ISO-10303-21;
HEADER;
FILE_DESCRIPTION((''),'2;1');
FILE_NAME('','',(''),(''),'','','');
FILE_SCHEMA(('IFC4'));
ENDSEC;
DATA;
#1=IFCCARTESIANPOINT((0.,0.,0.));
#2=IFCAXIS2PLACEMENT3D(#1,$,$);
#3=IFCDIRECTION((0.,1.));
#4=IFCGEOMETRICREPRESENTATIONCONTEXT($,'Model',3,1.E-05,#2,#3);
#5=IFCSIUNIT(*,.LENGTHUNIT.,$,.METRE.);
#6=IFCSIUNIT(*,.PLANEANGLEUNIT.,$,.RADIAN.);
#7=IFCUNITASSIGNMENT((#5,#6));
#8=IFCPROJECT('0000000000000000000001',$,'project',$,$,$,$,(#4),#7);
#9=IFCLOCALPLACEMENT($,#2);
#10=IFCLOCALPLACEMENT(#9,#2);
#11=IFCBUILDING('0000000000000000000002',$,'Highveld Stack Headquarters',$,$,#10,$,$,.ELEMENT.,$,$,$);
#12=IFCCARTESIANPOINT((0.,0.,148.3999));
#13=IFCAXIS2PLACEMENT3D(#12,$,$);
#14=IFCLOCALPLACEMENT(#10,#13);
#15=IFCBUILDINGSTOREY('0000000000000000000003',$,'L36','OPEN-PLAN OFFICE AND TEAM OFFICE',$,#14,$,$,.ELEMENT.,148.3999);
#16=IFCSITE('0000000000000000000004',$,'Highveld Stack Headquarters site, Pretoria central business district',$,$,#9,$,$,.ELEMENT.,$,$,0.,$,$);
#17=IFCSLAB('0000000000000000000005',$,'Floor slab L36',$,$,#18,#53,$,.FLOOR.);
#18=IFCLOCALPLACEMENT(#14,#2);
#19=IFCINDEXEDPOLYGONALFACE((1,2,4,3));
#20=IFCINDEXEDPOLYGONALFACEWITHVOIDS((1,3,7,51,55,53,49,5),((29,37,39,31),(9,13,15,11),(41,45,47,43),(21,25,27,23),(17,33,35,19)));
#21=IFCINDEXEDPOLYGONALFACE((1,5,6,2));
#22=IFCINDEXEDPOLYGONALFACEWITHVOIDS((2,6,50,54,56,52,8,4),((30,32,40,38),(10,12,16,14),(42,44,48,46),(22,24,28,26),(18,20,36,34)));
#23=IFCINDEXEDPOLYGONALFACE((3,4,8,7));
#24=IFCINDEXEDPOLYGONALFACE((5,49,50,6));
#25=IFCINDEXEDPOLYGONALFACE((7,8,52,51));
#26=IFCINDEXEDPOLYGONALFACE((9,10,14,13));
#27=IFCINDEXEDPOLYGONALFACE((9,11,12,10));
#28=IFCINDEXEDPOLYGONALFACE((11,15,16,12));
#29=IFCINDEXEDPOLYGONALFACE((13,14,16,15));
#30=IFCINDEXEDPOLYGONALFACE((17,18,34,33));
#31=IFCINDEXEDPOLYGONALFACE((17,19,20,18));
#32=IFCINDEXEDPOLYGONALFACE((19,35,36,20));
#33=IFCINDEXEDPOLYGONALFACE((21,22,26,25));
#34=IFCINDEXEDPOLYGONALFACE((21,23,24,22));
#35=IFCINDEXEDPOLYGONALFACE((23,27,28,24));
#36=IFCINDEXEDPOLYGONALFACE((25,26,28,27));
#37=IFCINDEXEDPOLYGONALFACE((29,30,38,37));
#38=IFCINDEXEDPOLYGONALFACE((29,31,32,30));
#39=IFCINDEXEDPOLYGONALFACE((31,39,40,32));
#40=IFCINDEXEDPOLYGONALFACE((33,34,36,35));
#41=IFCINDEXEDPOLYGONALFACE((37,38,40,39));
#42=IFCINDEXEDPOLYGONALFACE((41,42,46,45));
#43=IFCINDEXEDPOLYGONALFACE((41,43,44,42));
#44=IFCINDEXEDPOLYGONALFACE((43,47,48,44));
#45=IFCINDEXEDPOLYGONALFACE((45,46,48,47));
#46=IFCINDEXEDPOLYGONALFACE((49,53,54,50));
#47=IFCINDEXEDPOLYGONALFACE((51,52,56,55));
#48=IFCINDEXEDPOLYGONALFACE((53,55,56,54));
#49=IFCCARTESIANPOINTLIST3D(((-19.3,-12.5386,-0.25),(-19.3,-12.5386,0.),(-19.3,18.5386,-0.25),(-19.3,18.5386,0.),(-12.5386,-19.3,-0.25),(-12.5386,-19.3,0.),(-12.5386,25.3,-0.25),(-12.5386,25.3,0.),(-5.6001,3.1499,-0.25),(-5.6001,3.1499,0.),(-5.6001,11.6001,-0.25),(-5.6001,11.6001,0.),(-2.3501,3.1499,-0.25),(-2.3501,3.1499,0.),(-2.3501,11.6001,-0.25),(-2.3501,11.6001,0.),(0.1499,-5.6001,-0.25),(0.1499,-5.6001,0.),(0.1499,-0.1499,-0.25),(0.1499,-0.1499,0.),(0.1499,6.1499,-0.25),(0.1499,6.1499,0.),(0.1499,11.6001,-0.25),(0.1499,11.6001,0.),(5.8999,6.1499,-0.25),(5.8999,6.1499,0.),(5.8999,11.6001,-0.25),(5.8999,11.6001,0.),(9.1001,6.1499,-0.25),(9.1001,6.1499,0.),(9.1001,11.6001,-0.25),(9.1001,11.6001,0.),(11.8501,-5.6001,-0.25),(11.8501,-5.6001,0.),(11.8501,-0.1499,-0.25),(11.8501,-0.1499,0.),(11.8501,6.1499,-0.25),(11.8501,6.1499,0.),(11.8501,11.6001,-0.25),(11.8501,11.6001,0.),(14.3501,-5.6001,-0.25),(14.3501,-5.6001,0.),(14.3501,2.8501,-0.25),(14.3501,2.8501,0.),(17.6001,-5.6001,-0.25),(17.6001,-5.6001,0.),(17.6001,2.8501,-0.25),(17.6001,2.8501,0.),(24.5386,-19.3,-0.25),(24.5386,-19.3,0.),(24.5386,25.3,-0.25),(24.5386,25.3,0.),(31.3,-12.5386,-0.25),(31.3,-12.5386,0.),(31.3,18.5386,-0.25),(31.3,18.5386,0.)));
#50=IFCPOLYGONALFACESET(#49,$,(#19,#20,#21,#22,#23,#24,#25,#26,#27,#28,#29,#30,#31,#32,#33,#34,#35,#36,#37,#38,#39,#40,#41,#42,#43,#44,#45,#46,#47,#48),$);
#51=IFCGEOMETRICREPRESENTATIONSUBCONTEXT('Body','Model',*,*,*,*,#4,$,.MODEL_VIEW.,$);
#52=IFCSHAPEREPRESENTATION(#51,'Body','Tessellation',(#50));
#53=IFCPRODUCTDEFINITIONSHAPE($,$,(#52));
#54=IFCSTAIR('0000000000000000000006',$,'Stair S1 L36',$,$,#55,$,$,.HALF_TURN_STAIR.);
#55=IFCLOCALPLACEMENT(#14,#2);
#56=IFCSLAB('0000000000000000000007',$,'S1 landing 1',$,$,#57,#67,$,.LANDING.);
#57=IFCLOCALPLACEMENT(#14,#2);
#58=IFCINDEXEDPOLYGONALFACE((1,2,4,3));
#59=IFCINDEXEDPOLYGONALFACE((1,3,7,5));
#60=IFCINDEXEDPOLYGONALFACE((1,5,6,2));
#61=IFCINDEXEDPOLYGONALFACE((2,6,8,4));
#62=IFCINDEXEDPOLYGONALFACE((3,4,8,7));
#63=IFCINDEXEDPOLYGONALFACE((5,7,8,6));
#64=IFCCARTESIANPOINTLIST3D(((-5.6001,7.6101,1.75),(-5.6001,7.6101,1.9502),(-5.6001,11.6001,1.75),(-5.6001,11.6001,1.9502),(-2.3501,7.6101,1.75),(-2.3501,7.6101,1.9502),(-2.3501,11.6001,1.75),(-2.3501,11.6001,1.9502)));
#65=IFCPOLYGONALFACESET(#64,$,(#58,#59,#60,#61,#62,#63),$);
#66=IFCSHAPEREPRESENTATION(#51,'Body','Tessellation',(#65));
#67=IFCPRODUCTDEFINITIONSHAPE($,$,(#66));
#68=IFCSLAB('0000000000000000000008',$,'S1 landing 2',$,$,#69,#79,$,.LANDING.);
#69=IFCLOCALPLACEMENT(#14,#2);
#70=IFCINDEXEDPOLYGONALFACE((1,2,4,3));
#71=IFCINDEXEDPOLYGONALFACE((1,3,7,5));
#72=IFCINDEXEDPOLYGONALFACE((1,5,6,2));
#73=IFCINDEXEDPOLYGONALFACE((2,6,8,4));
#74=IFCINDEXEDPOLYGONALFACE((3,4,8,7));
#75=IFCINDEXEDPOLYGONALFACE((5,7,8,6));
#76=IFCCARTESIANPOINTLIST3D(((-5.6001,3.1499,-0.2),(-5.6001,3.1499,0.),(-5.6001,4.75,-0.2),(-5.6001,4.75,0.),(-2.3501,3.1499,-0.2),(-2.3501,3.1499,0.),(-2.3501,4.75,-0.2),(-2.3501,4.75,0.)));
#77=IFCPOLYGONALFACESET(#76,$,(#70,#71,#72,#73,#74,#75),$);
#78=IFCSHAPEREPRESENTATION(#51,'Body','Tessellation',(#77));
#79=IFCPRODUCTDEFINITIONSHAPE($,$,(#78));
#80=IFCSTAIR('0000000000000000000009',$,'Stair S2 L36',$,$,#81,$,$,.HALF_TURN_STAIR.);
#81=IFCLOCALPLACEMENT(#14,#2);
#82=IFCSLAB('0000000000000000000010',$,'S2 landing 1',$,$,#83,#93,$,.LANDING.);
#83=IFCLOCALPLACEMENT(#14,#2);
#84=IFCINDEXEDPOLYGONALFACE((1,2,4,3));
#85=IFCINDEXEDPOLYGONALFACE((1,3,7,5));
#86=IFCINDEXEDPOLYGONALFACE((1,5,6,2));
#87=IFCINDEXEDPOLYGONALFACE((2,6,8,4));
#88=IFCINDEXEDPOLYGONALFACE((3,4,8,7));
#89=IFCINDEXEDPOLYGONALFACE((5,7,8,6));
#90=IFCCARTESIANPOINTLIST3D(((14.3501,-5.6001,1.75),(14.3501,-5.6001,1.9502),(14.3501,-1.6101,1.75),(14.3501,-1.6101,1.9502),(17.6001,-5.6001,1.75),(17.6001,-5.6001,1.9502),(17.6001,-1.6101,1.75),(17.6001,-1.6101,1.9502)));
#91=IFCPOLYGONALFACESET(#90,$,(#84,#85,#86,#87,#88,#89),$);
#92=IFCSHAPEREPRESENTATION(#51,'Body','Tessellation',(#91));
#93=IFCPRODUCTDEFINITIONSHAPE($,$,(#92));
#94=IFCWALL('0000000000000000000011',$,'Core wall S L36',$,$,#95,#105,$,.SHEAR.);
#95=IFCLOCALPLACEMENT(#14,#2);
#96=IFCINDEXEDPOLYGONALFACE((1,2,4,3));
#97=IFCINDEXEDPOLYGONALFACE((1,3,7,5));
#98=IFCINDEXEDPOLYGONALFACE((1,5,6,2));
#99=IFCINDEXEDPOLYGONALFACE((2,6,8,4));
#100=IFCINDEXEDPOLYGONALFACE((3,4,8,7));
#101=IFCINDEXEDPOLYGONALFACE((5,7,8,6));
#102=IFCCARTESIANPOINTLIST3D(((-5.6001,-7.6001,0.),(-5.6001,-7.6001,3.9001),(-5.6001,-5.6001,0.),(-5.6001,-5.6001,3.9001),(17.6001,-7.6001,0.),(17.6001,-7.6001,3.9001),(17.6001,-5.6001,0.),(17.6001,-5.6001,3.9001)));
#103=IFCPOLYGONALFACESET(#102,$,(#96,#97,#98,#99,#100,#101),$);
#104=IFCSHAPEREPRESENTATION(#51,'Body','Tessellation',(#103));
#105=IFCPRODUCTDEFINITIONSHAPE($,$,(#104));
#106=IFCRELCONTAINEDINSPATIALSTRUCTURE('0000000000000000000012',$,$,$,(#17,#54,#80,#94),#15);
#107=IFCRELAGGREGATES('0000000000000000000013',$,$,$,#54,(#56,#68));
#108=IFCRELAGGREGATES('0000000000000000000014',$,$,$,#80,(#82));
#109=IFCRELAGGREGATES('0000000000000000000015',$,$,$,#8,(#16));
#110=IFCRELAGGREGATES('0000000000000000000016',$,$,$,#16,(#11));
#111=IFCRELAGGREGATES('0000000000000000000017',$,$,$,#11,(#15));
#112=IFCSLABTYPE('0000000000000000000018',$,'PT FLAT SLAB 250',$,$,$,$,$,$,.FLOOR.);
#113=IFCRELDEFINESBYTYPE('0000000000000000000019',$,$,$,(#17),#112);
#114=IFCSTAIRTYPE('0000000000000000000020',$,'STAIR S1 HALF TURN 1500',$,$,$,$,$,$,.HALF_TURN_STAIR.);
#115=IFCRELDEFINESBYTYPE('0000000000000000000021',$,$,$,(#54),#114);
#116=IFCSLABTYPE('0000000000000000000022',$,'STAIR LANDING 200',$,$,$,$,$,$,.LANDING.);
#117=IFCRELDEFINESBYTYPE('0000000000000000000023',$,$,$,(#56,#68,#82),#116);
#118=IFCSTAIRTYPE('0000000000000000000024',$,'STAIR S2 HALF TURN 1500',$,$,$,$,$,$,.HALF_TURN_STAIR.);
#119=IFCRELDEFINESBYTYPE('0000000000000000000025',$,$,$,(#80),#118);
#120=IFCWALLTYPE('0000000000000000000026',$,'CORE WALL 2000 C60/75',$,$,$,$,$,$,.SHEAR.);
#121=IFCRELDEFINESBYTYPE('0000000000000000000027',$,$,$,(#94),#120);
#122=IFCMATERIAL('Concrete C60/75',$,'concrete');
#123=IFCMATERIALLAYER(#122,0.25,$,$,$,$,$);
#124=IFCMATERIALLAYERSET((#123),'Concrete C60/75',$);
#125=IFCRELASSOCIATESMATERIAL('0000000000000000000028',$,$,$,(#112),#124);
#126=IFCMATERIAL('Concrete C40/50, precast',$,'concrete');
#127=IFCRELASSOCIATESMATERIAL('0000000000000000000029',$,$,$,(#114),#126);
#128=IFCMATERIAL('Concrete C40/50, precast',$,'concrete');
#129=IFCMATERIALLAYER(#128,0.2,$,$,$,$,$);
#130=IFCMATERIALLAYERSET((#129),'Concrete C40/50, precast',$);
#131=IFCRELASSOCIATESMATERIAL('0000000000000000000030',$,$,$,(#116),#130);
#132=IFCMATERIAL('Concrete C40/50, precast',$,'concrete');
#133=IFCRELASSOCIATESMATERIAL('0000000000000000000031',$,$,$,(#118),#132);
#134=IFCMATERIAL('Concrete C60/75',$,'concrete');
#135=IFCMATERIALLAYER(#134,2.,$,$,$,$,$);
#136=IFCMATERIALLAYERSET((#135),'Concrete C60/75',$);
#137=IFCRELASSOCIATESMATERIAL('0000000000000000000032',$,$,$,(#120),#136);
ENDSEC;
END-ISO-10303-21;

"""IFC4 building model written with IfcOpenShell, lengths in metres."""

from ifc_helpers import new_model, si_unit, direction, frame, frame_2d, origin, place, context, subcontext, project, spatial, polyline, rectangle, outline, extrude, material, layer, layer_set, type_object, element, aggregate, save


model = new_model("IFC4")

# Units and contexts
model_context = context("Model", 3, precision=1e-05, world=origin(), true_north=direction((0.0, 1.0)))
body_context = subcontext(model_context, "Body", "Model", "MODEL_VIEW")
ifc_project = project(units=[si_unit("LENGTHUNIT", "METRE"), si_unit("PLANEANGLEUNIT", "RADIAN")], contexts=[model_context])

# Site, building, storey
site_placement = place(None, origin())
site = spatial("IfcSite", under=ifc_project, at=site_placement, Name="Highveld Stack Headquarters site, Pretoria central business district", CompositionType="ELEMENT", RefElevation=0.0)
building_placement = place(site_placement, origin())
building = spatial("IfcBuilding", under=site, at=building_placement, Name="Highveld Stack Headquarters", CompositionType="ELEMENT")
storey_placement = place(building_placement, frame((0.0, 0.0, 148.3999)))
storey = spatial("IfcBuildingStorey", under=building, at=storey_placement, Name="L36", Description="OPEN-PLAN OFFICE AND TEAM OFFICE", CompositionType="ELEMENT", Elevation=148.3999)

# Slab
ifc_material_1 = material(Name="Concrete C60/75", Category="concrete")
ifc_layer_1 = layer(ifc_material_1, 0.25)
ifc_layer_set_1 = layer_set([ifc_layer_1], Name="Concrete C60/75")
slab_type_1 = type_object("IfcSlabType", Name="PT FLAT SLAB 250", PredefinedType="FLOOR", material=ifc_layer_set_1)
slab_1_placement = place(storey_placement, frame((0.0, 0.0, -0.25)))
element("IfcSlab", 1, at=slab_1_placement, inside=storey, type_object=slab_type_1, Name="Floor slab L36", PredefinedType="FLOOR", context=body_context, shape_type="SweptSolid", body=[
    extrude(outline(polyline([(-12.5386, -19.3), (24.5386, -19.3), (31.3, -12.5386), (31.3, 18.5386), (24.5386, 25.3), (-12.5386, 25.3), (-19.3, 18.5386), (-19.3, -12.5386), (-12.5386, -19.3)]), holes=[polyline([(0.1499, 6.1499), (5.8999, 6.1499), (5.8999, 11.6001), (0.1499, 11.6001), (0.1499, 6.1499)]), polyline([(9.1001, 6.1499), (11.8501, 6.1499), (11.8501, 11.6001), (9.1001, 11.6001), (9.1001, 6.1499)]), polyline([(0.1499, -5.6001), (11.8501, -5.6001), (11.8501, -0.1499), (0.1499, -0.1499), (0.1499, -5.6001)]), polyline([(-5.6001, 3.1499), (-2.3501, 3.1499), (-2.3501, 11.6001), (-5.6001, 11.6001), (-5.6001, 3.1499)]), polyline([(14.3501, -5.6001), (17.6001, -5.6001), (17.6001, 2.8501), (14.3501, 2.8501), (14.3501, -5.6001)])]), origin(), (0.0, 0.0, 1.0), 0.25),
])

# Stair, slabs
ifc_material_2 = material(Name="Concrete C40/50, precast", Category="concrete")
stair_type_1 = type_object("IfcStairType", Name="STAIR S1 HALF TURN 1500", PredefinedType="HALF_TURN_STAIR", material=ifc_material_2)
stair_1_placement = place(storey_placement, origin())
stair_1 = element("IfcStair", 2, at=stair_1_placement, inside=storey, type_object=stair_type_1, Name="Stair S1 L36", PredefinedType="HALF_TURN_STAIR")
ifc_material_3 = material(Name="Concrete C40/50, precast", Category="concrete")
ifc_layer_2 = layer(ifc_material_3, 0.2)
ifc_layer_set_2 = layer_set([ifc_layer_2], Name="Concrete C40/50, precast")
slab_type_2 = type_object("IfcSlabType", Name="STAIR LANDING 200", PredefinedType="LANDING", material=ifc_layer_set_2)
slab_2_placement = place(storey_placement, frame((0.0, 0.0, 1.75)))
slab_2 = element("IfcSlab", 3, at=slab_2_placement, type_object=slab_type_2, Name="S1 landing 1", PredefinedType="LANDING", context=body_context, shape_type="SweptSolid", body=[
    extrude(outline(polyline([(-5.6001, 7.6101), (-2.3501, 7.6101), (-2.3501, 11.6001), (-5.6001, 11.6001), (-5.6001, 7.6101)])), origin(), (0.0, 0.0, 1.0), 0.2002),
])
slab_3_placement = place(storey_placement, frame((0.0, 0.0, -0.2)))
slab_3 = element("IfcSlab", 4, at=slab_3_placement, type_object=slab_type_2, Name="S1 landing 2", PredefinedType="LANDING", context=body_context, shape_type="SweptSolid", body=[
    extrude(outline(polyline([(-5.6001, 3.1499), (-2.3501, 3.1499), (-2.3501, 4.75), (-5.6001, 4.75), (-5.6001, 3.1499)])), origin(), (0.0, 0.0, 1.0), 0.2),
])
aggregate(stair_1, [slab_2, slab_3])

# Stair, slab
ifc_material_4 = material(Name="Concrete C40/50, precast", Category="concrete")
stair_type_2 = type_object("IfcStairType", Name="STAIR S2 HALF TURN 1500", PredefinedType="HALF_TURN_STAIR", material=ifc_material_4)
stair_2_placement = place(storey_placement, origin())
stair_2 = element("IfcStair", 5, at=stair_2_placement, inside=storey, type_object=stair_type_2, Name="Stair S2 L36", PredefinedType="HALF_TURN_STAIR")
slab_4_placement = place(storey_placement, frame((0.0, 0.0, 1.75)))
slab_4 = element("IfcSlab", 6, at=slab_4_placement, type_object=slab_type_2, Name="S2 landing 1", PredefinedType="LANDING", context=body_context, shape_type="SweptSolid", body=[
    extrude(outline(polyline([(14.3501, -5.6001), (17.6001, -5.6001), (17.6001, -1.6101), (14.3501, -1.6101), (14.3501, -5.6001)])), origin(), (0.0, 0.0, 1.0), 0.2002),
])
aggregate(stair_2, [slab_4])

# Wall
ifc_material_5 = material(Name="Concrete C60/75", Category="concrete")
ifc_layer_3 = layer(ifc_material_5, 2.0)
ifc_layer_set_3 = layer_set([ifc_layer_3], Name="Concrete C60/75")
wall_type_1 = type_object("IfcWallType", Name="CORE WALL 2000 C60/75", PredefinedType="SHEAR", material=ifc_layer_set_3)
wall_1_placement = place(storey_placement, frame((-5.6001, -6.6001, 0.0), z_axis=(0.0, 0.0, 1.0), x_axis=(1.0, 0.0, 0.0)))
element("IfcWall", 7, at=wall_1_placement, inside=storey, type_object=wall_type_1, Name="Core wall S L36", PredefinedType="SHEAR", context=body_context, shape_type="SweptSolid", body=[
    extrude(rectangle(XDim=23.2002, YDim=2.0, at=frame_2d((11.6001, 0.0))), origin(), (0.0, 0.0, 1.0), 3.9001),
])

save(model, "model.ifc")
